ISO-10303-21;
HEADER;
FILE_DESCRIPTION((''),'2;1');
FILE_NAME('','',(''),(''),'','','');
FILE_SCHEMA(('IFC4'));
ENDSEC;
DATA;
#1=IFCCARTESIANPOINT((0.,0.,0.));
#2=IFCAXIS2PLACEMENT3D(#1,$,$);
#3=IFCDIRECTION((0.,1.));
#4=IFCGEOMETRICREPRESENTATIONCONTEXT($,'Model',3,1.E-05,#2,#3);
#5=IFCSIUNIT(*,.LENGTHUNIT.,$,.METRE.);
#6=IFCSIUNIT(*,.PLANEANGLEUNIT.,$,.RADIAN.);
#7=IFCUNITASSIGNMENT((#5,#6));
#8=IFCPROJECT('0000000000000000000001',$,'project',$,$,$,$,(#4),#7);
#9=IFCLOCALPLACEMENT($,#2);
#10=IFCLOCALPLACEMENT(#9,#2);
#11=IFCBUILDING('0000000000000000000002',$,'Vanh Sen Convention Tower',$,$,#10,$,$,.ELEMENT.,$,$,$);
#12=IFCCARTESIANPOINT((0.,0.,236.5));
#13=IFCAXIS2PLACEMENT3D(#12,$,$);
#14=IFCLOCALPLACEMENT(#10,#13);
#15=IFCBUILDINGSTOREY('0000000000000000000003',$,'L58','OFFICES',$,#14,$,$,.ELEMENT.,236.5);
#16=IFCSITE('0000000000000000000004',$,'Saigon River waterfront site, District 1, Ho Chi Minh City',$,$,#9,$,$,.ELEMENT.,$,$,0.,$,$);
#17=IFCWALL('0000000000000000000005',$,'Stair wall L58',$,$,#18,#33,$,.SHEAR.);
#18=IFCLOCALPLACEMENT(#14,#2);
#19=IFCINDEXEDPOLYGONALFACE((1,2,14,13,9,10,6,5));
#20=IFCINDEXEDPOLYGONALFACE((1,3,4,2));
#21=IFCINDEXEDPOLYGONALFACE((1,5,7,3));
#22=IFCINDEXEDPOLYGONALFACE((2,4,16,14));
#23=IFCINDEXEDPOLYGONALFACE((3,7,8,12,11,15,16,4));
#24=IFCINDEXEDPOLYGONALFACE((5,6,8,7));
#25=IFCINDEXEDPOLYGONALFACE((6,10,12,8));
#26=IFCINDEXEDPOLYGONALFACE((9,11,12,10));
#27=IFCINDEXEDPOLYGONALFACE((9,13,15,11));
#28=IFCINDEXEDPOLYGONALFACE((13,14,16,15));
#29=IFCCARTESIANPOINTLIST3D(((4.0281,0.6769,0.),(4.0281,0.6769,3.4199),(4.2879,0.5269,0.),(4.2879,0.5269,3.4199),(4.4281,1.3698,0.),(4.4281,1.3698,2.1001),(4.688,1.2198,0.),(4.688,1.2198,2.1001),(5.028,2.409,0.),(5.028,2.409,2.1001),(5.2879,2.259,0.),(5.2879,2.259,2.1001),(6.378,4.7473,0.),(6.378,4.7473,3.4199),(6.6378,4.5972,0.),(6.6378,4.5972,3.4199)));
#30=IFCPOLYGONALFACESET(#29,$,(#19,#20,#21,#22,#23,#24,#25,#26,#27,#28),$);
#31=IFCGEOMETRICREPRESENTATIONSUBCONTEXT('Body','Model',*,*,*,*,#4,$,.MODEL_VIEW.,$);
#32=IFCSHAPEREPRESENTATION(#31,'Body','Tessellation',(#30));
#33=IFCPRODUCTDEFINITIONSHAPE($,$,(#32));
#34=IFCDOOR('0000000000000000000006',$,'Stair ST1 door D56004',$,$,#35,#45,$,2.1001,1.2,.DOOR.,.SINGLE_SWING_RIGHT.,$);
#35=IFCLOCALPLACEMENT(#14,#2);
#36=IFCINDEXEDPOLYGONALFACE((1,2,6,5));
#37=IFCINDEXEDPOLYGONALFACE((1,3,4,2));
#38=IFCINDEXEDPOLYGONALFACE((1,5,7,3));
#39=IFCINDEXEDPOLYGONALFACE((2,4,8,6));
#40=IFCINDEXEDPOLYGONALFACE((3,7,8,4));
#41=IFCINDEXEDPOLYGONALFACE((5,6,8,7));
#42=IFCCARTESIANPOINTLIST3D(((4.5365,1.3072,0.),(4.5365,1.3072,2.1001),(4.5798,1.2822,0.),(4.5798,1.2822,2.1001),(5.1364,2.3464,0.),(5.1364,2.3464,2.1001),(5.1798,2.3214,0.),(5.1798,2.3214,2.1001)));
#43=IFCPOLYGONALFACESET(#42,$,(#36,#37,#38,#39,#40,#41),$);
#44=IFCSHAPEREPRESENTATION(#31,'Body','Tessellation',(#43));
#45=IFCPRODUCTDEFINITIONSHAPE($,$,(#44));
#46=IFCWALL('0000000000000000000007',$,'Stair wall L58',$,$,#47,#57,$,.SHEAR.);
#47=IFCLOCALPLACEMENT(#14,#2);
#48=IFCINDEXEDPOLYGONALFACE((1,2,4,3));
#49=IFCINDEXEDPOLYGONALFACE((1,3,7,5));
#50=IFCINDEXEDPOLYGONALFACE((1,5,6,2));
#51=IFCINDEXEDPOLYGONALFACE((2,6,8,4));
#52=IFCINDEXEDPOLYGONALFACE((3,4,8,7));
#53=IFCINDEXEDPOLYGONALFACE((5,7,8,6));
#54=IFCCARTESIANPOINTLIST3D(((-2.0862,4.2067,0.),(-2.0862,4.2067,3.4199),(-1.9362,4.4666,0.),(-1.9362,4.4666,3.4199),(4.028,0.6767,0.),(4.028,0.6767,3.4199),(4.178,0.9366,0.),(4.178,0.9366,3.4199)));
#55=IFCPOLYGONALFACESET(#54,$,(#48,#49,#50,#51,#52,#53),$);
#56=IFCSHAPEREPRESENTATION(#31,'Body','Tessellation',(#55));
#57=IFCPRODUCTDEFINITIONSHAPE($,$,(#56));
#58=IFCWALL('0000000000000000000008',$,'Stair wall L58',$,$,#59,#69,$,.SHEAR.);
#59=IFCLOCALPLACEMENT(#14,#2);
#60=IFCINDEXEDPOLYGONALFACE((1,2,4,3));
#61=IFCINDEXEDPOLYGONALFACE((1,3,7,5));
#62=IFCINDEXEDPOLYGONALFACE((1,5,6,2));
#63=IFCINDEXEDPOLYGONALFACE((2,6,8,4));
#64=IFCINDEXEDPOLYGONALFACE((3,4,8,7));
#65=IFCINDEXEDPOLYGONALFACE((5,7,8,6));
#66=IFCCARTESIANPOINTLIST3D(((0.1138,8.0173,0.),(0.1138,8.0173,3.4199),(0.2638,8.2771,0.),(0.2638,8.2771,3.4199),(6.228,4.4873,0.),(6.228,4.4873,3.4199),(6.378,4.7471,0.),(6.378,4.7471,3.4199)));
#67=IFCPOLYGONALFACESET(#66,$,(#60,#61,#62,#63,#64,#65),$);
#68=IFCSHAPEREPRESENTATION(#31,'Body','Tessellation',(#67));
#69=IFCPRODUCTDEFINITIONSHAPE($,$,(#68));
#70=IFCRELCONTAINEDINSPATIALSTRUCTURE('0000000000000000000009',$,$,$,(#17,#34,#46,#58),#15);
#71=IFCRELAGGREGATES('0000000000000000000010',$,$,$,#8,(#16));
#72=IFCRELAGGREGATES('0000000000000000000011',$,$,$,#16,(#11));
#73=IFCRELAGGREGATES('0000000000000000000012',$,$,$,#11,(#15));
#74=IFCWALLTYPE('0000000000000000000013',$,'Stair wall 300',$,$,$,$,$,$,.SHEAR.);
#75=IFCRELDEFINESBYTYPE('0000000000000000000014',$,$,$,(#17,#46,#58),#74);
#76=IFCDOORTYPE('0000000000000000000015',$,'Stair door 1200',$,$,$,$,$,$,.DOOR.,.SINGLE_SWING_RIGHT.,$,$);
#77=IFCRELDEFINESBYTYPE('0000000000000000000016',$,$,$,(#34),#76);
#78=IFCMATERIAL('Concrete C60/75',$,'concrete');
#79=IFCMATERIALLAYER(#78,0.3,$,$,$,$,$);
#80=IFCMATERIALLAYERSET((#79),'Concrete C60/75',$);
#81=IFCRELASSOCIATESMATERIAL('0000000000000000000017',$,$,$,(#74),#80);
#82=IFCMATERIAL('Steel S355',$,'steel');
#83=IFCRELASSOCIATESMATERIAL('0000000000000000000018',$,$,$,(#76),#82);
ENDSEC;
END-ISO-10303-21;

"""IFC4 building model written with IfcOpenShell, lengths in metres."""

from ifc_helpers import new_model, si_unit, direction, frame, frame_2d, origin, place, context, subcontext, project, spatial, rectangle, extrude, material, layer, layer_set, type_object, element, fill, save


model = new_model("IFC4")

# Units and contexts
model_context = context("Model", 3, precision=1e-05, world=origin(), true_north=direction((0.0, 1.0)))
body_context = subcontext(model_context, "Body", "Model", "MODEL_VIEW")
ifc_project = project(units=[si_unit("LENGTHUNIT", "METRE"), si_unit("PLANEANGLEUNIT", "RADIAN")], contexts=[model_context])

# Site, building, storey
site_placement = place(None, origin())
site = spatial("IfcSite", under=ifc_project, at=site_placement, Name="Saigon River waterfront site, District 1, Ho Chi Minh City", CompositionType="ELEMENT", RefElevation=0.0)
building_placement = place(site_placement, origin())
building = spatial("IfcBuilding", under=site, at=building_placement, Name="Vanh Sen Convention Tower", CompositionType="ELEMENT")
storey_placement = place(building_placement, frame((0.0, 0.0, 236.5)))
storey = spatial("IfcBuildingStorey", under=building, at=storey_placement, Name="L58", Description="OFFICES", CompositionType="ELEMENT", Elevation=236.5)

# Shared definitions
ifc_material_1 = material(Name="Concrete C60/75", Category="concrete")
ifc_material_2 = material(Name="Steel S355", Category="steel")

# Wall, opening, door
ifc_layer_1 = layer(ifc_material_1, 0.3)
ifc_layer_set_1 = layer_set([ifc_layer_1], Name="Concrete C60/75")
wall_type_1 = type_object("IfcWallType", Name="Stair wall 300", PredefinedType="SHEAR", material=ifc_layer_set_1)
wall_1_placement = place(storey_placement, frame((4.158, 0.6018, 0.0), z_axis=(0.0, 0.0, 1.0), x_axis=(0.499977, 0.866039, 0.0)))
wall_1 = element("IfcWall", 1, at=wall_1_placement, inside=storey, type_object=wall_type_1, Name="Stair wall L58", PredefinedType="SHEAR", context=body_context, shape_type="SweptSolid", body=[
    extrude(rectangle(XDim=4.7, YDim=0.3, at=frame_2d((2.3501, 0.0))), origin(), (0.0, 0.0, 1.0), 3.4199),
])
opening_1_placement = place(wall_1_placement, frame((0.8, 0.0, 0.0)))
opening_1 = element("IfcOpeningElement", 2, at=opening_1_placement, cuts=wall_1, PredefinedType="OPENING", context=body_context, shape_type="SweptSolid", body=[
    extrude(rectangle(XDim=1.2, YDim=2.1001, at=frame_2d((0.6001, 1.05))), frame((0.0, 0.1599, 0.0), z_axis=(0.0, -1.0, 0.0), x_axis=(1.0, 0.0, 0.0)), (0.0, 0.0, 1.0), 0.3201),
])
door_type_1 = type_object("IfcDoorType", Name="Stair door 1200", OperationType="SINGLE_SWING_RIGHT", PredefinedType="DOOR", material=ifc_material_2)
door_1_placement = place(opening_1_placement, origin())
door_1 = element("IfcDoor", 3, at=door_1_placement, inside=storey, type_object=door_type_1, Name="Stair ST1 door D56004", OperationType="SINGLE_SWING_RIGHT", OverallHeight=2.1001, OverallWidth=1.2, PredefinedType="DOOR", context=body_context, shape_type="SweptSolid", body=[
    extrude(rectangle(XDim=1.2, YDim=2.1001, at=frame_2d((0.6001, 1.05))), frame((0.0, 0.0249, 0.0), z_axis=(0.0, -1.0, 0.0), x_axis=(1.0, 0.0, 0.0)), (0.0, 0.0, 1.0), 0.05),
])
fill(opening_1, door_1)

# Walls
for number, where, z_axis, x_axis, name in (
    (4, (4.103, 0.8066, 0.0), (0.0, 0.0, 1.0), (-0.866028, 0.499996, 0.0), "Stair wall L58"),
    (5, (6.303, 4.6172, 0.0), (0.0, 0.0, 1.0), (-0.866028, 0.499996, 0.0), "Stair wall L58"),
):
    element("IfcWall", number, at=place(storey_placement, frame(where, z_axis=z_axis, x_axis=x_axis)), inside=storey, type_object=wall_type_1, Name=name, PredefinedType="SHEAR", context=body_context, shape_type="SweptSolid", body=[
        extrude(rectangle(XDim=7.0601, YDim=0.3, at=frame_2d((3.53, 0.0))), origin(), (0.0, 0.0, 1.0), 3.4199),
    ])

save(model, "model.ifc")
